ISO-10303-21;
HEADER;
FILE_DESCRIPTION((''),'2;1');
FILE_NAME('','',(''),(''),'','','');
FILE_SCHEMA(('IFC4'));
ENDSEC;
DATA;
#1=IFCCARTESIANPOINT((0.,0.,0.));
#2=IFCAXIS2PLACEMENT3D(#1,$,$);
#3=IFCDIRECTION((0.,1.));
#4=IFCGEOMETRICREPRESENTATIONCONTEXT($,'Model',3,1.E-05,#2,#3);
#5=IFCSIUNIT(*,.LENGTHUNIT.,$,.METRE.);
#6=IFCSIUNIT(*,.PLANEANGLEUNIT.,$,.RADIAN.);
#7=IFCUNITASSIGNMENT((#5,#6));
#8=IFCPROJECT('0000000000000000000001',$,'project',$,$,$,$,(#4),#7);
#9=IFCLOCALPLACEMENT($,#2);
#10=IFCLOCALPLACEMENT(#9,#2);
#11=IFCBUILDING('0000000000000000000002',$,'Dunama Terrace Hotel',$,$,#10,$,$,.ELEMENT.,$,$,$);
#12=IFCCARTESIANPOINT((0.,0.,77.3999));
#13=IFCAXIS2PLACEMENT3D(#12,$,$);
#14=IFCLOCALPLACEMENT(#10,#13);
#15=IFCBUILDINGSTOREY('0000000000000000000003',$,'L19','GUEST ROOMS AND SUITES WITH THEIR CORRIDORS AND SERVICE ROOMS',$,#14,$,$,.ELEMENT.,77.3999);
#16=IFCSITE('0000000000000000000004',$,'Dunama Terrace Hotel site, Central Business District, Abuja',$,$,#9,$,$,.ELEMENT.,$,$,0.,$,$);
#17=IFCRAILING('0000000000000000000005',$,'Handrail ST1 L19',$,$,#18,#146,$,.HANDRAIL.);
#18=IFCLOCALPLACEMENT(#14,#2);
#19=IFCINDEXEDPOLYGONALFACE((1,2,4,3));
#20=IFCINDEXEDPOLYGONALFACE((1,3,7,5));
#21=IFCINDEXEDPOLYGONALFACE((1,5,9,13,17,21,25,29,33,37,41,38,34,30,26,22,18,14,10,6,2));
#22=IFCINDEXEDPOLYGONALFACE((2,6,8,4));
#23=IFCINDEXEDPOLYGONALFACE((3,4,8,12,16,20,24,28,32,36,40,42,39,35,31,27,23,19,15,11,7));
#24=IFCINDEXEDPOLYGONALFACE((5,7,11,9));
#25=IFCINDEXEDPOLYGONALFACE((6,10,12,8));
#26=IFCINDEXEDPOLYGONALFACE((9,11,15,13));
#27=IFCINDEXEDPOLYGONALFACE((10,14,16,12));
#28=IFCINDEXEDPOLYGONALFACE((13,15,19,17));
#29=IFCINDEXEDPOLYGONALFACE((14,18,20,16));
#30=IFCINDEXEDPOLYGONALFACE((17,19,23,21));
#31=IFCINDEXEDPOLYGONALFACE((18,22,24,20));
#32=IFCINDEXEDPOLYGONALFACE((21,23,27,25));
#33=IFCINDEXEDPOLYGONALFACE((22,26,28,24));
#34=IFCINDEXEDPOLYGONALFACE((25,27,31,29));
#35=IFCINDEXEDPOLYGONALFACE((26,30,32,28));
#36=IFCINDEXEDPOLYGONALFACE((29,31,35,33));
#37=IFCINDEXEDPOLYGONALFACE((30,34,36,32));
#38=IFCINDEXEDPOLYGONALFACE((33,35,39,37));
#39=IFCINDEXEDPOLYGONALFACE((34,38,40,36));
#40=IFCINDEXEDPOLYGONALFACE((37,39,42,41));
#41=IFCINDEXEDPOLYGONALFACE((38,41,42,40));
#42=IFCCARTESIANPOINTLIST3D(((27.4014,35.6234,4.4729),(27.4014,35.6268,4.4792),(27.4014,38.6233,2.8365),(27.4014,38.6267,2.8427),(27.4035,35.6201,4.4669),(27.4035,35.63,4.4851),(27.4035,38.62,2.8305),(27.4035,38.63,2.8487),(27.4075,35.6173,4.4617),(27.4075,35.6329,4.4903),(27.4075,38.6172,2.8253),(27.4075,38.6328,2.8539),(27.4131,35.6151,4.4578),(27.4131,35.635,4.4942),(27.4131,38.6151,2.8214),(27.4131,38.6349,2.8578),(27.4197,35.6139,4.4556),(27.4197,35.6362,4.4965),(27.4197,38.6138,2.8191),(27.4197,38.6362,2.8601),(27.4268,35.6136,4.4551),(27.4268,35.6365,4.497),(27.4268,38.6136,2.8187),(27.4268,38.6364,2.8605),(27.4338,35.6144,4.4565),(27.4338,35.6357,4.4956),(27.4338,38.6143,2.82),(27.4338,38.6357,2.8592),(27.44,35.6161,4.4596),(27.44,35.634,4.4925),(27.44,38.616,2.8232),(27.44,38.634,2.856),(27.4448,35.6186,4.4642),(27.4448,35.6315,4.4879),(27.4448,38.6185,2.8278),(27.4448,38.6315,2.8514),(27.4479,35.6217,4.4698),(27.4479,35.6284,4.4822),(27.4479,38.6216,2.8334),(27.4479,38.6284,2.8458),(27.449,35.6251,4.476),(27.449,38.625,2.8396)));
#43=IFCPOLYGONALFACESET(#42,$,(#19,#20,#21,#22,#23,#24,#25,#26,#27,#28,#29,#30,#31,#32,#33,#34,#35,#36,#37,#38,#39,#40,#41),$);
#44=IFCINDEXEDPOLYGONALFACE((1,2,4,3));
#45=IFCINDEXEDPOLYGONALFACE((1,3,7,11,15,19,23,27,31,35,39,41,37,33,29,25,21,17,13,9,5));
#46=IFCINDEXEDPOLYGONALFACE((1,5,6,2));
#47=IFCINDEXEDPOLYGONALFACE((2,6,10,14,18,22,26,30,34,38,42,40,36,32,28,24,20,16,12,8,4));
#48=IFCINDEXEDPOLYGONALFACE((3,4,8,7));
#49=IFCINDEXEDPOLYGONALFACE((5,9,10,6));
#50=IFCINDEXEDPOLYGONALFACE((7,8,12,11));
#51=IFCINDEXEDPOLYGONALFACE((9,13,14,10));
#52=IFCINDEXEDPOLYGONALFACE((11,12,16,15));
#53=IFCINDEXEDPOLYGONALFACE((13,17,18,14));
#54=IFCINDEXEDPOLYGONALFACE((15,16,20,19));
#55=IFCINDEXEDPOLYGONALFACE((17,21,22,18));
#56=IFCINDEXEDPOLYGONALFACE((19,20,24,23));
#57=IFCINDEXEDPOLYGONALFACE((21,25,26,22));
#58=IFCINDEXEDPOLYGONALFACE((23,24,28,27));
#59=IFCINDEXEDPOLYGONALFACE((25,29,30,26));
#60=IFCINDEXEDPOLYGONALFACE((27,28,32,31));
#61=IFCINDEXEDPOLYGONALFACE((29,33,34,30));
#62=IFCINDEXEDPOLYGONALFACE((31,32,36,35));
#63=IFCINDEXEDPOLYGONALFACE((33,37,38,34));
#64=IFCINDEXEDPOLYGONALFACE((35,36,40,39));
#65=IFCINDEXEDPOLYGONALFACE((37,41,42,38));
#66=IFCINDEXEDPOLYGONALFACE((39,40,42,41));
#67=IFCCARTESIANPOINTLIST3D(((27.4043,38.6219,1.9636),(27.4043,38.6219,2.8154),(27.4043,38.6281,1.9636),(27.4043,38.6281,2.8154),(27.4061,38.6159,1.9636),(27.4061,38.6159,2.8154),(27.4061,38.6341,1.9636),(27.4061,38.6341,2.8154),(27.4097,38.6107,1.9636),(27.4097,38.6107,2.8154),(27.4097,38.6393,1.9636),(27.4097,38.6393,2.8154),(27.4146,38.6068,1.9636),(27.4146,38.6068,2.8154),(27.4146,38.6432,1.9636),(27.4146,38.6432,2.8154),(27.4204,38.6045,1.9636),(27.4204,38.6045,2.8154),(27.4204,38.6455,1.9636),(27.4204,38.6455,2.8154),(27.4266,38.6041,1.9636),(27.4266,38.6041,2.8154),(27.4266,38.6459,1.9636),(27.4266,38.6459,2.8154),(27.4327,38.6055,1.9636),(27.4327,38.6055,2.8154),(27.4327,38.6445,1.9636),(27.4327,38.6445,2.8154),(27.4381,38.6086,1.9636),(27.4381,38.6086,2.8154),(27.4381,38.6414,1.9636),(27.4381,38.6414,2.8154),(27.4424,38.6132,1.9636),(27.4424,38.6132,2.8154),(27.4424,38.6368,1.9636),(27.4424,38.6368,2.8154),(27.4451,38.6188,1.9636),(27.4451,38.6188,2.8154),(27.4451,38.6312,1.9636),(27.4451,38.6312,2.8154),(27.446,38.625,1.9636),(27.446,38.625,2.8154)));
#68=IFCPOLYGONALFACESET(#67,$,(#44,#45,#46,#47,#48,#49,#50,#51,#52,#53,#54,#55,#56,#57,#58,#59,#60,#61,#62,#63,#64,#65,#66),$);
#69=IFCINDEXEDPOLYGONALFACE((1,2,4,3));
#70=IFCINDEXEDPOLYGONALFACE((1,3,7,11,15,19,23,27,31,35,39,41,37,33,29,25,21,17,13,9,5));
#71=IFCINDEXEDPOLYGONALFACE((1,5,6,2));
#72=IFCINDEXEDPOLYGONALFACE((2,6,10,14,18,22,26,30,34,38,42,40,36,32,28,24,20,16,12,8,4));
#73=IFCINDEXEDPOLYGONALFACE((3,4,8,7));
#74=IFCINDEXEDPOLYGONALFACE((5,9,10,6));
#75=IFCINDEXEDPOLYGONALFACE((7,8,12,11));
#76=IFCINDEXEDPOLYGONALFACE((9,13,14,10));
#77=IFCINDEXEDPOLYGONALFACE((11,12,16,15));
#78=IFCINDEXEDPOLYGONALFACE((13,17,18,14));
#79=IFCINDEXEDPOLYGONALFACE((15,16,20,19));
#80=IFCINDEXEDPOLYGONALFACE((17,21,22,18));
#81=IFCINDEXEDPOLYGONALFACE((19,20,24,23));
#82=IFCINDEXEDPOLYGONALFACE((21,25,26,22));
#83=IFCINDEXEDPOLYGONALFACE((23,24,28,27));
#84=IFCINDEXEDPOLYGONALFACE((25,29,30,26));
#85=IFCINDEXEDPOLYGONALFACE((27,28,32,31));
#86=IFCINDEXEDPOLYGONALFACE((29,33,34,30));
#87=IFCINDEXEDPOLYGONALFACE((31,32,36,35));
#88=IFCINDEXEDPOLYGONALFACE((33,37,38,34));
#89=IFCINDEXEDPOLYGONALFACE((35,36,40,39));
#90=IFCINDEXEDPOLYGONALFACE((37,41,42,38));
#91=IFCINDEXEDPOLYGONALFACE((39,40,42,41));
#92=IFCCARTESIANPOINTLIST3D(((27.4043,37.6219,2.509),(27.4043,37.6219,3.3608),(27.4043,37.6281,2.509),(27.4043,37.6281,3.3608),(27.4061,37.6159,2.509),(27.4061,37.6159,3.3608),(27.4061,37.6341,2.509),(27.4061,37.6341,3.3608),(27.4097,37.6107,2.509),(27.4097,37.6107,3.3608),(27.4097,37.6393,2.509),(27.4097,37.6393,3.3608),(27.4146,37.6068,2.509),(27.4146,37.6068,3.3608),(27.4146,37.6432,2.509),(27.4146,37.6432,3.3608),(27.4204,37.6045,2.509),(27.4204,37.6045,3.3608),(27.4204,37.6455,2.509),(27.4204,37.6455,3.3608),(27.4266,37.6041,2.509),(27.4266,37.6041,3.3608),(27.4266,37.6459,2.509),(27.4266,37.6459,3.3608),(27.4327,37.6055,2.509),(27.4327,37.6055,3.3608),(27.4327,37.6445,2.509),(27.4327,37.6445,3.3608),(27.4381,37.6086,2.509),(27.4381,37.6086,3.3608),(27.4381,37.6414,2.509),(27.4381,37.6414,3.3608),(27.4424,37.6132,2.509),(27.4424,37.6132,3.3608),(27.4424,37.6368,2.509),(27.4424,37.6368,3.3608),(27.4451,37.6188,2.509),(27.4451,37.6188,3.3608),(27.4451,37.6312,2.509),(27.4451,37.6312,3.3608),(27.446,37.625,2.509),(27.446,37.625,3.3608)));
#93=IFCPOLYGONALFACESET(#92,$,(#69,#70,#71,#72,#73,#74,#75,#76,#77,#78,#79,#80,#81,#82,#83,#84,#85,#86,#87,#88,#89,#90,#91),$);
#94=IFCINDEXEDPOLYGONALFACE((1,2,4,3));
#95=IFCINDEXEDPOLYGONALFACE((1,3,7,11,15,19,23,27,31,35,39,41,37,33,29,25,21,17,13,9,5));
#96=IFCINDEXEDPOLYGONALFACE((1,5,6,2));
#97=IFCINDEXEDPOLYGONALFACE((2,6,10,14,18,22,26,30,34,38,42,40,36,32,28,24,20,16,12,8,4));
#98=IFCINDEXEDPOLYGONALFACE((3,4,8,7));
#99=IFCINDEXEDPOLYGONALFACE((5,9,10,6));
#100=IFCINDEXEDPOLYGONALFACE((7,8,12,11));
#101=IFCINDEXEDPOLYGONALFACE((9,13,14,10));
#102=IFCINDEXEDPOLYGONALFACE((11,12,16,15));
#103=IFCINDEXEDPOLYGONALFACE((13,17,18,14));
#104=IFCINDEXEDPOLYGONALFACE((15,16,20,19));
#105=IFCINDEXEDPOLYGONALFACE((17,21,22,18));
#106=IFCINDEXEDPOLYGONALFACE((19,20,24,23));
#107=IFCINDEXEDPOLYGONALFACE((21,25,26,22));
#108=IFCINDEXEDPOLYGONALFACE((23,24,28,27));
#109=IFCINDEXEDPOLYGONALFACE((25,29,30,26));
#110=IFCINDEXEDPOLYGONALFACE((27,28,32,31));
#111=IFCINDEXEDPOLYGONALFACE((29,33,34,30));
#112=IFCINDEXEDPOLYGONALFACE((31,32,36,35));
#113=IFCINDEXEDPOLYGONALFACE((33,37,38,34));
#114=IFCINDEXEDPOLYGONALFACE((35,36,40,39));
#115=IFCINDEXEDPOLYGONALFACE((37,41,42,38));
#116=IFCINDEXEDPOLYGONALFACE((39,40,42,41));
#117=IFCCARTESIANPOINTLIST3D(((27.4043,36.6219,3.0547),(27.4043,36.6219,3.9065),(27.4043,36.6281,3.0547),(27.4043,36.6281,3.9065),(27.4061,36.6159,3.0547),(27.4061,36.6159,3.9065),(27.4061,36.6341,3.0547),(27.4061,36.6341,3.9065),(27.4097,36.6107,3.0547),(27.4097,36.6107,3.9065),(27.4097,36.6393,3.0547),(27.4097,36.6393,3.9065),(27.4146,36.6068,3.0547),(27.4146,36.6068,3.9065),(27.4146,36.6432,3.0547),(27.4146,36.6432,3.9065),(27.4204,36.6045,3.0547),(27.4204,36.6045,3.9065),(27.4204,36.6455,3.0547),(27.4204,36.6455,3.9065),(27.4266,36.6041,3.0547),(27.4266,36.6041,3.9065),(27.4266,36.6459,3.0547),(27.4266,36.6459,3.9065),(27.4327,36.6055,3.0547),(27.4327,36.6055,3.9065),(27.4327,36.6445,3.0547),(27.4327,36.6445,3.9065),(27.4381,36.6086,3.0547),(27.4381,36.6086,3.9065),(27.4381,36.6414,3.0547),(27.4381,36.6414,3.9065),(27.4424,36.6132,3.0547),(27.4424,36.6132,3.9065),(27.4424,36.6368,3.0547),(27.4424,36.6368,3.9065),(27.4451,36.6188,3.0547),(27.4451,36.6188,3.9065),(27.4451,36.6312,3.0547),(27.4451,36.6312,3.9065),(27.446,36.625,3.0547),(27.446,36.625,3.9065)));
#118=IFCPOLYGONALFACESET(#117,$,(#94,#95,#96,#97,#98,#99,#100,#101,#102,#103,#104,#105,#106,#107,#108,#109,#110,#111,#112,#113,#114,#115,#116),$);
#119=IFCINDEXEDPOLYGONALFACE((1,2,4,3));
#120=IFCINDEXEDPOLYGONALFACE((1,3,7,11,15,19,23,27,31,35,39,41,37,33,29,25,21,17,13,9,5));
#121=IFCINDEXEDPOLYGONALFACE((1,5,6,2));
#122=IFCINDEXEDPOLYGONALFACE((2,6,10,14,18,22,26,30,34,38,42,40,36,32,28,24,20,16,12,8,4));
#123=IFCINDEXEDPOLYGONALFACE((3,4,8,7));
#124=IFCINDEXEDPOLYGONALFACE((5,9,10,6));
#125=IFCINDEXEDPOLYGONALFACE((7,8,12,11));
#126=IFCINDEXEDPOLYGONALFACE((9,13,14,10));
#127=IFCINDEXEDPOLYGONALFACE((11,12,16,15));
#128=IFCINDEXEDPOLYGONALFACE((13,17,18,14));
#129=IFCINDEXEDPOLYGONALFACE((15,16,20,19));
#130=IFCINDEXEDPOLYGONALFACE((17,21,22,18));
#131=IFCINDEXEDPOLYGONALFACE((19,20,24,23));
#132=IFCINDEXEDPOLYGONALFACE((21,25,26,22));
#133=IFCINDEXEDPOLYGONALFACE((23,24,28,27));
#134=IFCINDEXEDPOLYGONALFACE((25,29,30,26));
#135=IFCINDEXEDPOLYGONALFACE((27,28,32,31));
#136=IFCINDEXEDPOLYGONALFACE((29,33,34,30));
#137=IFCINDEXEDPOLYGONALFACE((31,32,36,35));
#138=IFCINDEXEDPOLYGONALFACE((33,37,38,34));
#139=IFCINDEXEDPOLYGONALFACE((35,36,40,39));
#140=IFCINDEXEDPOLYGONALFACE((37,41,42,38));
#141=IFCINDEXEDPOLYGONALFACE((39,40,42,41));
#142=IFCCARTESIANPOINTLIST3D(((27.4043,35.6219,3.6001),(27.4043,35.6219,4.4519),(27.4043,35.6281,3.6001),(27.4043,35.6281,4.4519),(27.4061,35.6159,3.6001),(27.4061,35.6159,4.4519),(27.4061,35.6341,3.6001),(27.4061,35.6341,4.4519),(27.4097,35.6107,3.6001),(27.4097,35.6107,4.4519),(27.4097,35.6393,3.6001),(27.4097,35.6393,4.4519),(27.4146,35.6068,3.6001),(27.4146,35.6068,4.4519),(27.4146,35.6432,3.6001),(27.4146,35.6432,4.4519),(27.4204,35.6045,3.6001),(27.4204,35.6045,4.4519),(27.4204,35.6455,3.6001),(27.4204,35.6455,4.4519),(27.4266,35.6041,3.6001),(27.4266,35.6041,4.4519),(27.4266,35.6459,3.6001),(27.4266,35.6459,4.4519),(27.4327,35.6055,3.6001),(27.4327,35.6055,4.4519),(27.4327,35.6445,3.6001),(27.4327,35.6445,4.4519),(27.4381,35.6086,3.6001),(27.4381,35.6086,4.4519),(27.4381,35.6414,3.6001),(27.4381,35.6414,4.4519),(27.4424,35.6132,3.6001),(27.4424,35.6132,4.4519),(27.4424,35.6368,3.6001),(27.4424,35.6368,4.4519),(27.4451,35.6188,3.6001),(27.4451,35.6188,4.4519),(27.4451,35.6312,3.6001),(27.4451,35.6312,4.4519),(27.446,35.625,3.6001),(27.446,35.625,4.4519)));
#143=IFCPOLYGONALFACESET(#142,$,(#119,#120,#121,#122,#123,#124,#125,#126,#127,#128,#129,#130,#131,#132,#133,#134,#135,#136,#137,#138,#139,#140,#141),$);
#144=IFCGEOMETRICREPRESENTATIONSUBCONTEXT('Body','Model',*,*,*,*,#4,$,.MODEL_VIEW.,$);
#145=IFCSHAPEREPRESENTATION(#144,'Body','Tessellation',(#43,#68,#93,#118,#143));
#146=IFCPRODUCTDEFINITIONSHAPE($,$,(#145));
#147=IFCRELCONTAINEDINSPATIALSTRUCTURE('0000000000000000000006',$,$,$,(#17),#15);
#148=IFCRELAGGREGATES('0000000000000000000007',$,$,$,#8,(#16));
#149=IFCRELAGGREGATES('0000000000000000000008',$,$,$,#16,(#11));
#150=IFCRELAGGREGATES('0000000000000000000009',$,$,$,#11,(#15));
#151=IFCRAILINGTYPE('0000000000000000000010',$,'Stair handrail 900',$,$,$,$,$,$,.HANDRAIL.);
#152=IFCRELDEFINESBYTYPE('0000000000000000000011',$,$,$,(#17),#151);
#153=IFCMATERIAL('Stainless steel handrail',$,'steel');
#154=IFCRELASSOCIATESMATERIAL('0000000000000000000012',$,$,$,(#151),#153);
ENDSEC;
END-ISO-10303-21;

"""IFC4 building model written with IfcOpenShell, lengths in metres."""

from ifc_helpers import new_model, si_unit, direction, frame, origin, origin_2d, place, context, subcontext, project, spatial, circle, extrude, material, type_object, element, save


model = new_model("IFC4")

# Units and contexts
model_context = context("Model", 3, precision=1e-05, world=origin(), true_north=direction((0.0, 1.0)))
body_context = subcontext(model_context, "Body", "Model", "MODEL_VIEW")
ifc_project = project(units=[si_unit("LENGTHUNIT", "METRE"), si_unit("PLANEANGLEUNIT", "RADIAN")], contexts=[model_context])

# Site, building, storey
site_placement = place(None, origin())
site = spatial("IfcSite", under=ifc_project, at=site_placement, Name="Dunama Terrace Hotel site, Central Business District, Abuja", CompositionType="ELEMENT", RefElevation=0.0)
building_placement = place(site_placement, origin())
building = spatial("IfcBuilding", under=site, at=building_placement, Name="Dunama Terrace Hotel", CompositionType="ELEMENT")
storey_placement = place(building_placement, frame((0.0, 0.0, 77.3999)))
storey = spatial("IfcBuildingStorey", under=building, at=storey_placement, Name="L19", Description="GUEST ROOMS AND SUITES WITH THEIR CORRIDORS AND SERVICE ROOMS", CompositionType="ELEMENT", Elevation=77.3999)

# Railing
ifc_material_1 = material(Name="Stainless steel handrail", Category="steel")
railing_type = type_object("IfcRailingType", Name="Stair handrail 900", PredefinedType="HANDRAIL", material=ifc_material_1)
railing_1_placement = place(storey_placement, frame((27.425, 38.625, 1.9636)))
element("IfcRailing", 1, at=railing_1_placement, inside=storey, type_object=railing_type, Name="Handrail ST1 L19", PredefinedType="HANDRAIL", context=body_context, shape_type="SweptSolid", body=[
    extrude(circle(Radius=0.0239, at=origin_2d()), frame((0.0, 0.0, 0.876), z_axis=(0.0, -0.877882, 0.478877), x_axis=(1.0, 0.0, 0.0)), (0.0, 0.0, 1.0), 3.4172),
    extrude(circle(Radius=0.021, at=origin_2d()), origin(), (0.0, 0.0, 1.0), 0.8518),
    extrude(circle(Radius=0.021, at=origin_2d()), frame((0.0, -1.0, 0.5454)), (0.0, 0.0, 1.0), 0.8518),
    extrude(circle(Radius=0.021, at=origin_2d()), frame((0.0, -2.0, 1.0911)), (0.0, 0.0, 1.0), 0.8518),
    extrude(circle(Radius=0.021, at=origin_2d()), frame((0.0, -3.0, 1.6365)), (0.0, 0.0, 1.0), 0.8518),
])

save(model, "model.ifc")
